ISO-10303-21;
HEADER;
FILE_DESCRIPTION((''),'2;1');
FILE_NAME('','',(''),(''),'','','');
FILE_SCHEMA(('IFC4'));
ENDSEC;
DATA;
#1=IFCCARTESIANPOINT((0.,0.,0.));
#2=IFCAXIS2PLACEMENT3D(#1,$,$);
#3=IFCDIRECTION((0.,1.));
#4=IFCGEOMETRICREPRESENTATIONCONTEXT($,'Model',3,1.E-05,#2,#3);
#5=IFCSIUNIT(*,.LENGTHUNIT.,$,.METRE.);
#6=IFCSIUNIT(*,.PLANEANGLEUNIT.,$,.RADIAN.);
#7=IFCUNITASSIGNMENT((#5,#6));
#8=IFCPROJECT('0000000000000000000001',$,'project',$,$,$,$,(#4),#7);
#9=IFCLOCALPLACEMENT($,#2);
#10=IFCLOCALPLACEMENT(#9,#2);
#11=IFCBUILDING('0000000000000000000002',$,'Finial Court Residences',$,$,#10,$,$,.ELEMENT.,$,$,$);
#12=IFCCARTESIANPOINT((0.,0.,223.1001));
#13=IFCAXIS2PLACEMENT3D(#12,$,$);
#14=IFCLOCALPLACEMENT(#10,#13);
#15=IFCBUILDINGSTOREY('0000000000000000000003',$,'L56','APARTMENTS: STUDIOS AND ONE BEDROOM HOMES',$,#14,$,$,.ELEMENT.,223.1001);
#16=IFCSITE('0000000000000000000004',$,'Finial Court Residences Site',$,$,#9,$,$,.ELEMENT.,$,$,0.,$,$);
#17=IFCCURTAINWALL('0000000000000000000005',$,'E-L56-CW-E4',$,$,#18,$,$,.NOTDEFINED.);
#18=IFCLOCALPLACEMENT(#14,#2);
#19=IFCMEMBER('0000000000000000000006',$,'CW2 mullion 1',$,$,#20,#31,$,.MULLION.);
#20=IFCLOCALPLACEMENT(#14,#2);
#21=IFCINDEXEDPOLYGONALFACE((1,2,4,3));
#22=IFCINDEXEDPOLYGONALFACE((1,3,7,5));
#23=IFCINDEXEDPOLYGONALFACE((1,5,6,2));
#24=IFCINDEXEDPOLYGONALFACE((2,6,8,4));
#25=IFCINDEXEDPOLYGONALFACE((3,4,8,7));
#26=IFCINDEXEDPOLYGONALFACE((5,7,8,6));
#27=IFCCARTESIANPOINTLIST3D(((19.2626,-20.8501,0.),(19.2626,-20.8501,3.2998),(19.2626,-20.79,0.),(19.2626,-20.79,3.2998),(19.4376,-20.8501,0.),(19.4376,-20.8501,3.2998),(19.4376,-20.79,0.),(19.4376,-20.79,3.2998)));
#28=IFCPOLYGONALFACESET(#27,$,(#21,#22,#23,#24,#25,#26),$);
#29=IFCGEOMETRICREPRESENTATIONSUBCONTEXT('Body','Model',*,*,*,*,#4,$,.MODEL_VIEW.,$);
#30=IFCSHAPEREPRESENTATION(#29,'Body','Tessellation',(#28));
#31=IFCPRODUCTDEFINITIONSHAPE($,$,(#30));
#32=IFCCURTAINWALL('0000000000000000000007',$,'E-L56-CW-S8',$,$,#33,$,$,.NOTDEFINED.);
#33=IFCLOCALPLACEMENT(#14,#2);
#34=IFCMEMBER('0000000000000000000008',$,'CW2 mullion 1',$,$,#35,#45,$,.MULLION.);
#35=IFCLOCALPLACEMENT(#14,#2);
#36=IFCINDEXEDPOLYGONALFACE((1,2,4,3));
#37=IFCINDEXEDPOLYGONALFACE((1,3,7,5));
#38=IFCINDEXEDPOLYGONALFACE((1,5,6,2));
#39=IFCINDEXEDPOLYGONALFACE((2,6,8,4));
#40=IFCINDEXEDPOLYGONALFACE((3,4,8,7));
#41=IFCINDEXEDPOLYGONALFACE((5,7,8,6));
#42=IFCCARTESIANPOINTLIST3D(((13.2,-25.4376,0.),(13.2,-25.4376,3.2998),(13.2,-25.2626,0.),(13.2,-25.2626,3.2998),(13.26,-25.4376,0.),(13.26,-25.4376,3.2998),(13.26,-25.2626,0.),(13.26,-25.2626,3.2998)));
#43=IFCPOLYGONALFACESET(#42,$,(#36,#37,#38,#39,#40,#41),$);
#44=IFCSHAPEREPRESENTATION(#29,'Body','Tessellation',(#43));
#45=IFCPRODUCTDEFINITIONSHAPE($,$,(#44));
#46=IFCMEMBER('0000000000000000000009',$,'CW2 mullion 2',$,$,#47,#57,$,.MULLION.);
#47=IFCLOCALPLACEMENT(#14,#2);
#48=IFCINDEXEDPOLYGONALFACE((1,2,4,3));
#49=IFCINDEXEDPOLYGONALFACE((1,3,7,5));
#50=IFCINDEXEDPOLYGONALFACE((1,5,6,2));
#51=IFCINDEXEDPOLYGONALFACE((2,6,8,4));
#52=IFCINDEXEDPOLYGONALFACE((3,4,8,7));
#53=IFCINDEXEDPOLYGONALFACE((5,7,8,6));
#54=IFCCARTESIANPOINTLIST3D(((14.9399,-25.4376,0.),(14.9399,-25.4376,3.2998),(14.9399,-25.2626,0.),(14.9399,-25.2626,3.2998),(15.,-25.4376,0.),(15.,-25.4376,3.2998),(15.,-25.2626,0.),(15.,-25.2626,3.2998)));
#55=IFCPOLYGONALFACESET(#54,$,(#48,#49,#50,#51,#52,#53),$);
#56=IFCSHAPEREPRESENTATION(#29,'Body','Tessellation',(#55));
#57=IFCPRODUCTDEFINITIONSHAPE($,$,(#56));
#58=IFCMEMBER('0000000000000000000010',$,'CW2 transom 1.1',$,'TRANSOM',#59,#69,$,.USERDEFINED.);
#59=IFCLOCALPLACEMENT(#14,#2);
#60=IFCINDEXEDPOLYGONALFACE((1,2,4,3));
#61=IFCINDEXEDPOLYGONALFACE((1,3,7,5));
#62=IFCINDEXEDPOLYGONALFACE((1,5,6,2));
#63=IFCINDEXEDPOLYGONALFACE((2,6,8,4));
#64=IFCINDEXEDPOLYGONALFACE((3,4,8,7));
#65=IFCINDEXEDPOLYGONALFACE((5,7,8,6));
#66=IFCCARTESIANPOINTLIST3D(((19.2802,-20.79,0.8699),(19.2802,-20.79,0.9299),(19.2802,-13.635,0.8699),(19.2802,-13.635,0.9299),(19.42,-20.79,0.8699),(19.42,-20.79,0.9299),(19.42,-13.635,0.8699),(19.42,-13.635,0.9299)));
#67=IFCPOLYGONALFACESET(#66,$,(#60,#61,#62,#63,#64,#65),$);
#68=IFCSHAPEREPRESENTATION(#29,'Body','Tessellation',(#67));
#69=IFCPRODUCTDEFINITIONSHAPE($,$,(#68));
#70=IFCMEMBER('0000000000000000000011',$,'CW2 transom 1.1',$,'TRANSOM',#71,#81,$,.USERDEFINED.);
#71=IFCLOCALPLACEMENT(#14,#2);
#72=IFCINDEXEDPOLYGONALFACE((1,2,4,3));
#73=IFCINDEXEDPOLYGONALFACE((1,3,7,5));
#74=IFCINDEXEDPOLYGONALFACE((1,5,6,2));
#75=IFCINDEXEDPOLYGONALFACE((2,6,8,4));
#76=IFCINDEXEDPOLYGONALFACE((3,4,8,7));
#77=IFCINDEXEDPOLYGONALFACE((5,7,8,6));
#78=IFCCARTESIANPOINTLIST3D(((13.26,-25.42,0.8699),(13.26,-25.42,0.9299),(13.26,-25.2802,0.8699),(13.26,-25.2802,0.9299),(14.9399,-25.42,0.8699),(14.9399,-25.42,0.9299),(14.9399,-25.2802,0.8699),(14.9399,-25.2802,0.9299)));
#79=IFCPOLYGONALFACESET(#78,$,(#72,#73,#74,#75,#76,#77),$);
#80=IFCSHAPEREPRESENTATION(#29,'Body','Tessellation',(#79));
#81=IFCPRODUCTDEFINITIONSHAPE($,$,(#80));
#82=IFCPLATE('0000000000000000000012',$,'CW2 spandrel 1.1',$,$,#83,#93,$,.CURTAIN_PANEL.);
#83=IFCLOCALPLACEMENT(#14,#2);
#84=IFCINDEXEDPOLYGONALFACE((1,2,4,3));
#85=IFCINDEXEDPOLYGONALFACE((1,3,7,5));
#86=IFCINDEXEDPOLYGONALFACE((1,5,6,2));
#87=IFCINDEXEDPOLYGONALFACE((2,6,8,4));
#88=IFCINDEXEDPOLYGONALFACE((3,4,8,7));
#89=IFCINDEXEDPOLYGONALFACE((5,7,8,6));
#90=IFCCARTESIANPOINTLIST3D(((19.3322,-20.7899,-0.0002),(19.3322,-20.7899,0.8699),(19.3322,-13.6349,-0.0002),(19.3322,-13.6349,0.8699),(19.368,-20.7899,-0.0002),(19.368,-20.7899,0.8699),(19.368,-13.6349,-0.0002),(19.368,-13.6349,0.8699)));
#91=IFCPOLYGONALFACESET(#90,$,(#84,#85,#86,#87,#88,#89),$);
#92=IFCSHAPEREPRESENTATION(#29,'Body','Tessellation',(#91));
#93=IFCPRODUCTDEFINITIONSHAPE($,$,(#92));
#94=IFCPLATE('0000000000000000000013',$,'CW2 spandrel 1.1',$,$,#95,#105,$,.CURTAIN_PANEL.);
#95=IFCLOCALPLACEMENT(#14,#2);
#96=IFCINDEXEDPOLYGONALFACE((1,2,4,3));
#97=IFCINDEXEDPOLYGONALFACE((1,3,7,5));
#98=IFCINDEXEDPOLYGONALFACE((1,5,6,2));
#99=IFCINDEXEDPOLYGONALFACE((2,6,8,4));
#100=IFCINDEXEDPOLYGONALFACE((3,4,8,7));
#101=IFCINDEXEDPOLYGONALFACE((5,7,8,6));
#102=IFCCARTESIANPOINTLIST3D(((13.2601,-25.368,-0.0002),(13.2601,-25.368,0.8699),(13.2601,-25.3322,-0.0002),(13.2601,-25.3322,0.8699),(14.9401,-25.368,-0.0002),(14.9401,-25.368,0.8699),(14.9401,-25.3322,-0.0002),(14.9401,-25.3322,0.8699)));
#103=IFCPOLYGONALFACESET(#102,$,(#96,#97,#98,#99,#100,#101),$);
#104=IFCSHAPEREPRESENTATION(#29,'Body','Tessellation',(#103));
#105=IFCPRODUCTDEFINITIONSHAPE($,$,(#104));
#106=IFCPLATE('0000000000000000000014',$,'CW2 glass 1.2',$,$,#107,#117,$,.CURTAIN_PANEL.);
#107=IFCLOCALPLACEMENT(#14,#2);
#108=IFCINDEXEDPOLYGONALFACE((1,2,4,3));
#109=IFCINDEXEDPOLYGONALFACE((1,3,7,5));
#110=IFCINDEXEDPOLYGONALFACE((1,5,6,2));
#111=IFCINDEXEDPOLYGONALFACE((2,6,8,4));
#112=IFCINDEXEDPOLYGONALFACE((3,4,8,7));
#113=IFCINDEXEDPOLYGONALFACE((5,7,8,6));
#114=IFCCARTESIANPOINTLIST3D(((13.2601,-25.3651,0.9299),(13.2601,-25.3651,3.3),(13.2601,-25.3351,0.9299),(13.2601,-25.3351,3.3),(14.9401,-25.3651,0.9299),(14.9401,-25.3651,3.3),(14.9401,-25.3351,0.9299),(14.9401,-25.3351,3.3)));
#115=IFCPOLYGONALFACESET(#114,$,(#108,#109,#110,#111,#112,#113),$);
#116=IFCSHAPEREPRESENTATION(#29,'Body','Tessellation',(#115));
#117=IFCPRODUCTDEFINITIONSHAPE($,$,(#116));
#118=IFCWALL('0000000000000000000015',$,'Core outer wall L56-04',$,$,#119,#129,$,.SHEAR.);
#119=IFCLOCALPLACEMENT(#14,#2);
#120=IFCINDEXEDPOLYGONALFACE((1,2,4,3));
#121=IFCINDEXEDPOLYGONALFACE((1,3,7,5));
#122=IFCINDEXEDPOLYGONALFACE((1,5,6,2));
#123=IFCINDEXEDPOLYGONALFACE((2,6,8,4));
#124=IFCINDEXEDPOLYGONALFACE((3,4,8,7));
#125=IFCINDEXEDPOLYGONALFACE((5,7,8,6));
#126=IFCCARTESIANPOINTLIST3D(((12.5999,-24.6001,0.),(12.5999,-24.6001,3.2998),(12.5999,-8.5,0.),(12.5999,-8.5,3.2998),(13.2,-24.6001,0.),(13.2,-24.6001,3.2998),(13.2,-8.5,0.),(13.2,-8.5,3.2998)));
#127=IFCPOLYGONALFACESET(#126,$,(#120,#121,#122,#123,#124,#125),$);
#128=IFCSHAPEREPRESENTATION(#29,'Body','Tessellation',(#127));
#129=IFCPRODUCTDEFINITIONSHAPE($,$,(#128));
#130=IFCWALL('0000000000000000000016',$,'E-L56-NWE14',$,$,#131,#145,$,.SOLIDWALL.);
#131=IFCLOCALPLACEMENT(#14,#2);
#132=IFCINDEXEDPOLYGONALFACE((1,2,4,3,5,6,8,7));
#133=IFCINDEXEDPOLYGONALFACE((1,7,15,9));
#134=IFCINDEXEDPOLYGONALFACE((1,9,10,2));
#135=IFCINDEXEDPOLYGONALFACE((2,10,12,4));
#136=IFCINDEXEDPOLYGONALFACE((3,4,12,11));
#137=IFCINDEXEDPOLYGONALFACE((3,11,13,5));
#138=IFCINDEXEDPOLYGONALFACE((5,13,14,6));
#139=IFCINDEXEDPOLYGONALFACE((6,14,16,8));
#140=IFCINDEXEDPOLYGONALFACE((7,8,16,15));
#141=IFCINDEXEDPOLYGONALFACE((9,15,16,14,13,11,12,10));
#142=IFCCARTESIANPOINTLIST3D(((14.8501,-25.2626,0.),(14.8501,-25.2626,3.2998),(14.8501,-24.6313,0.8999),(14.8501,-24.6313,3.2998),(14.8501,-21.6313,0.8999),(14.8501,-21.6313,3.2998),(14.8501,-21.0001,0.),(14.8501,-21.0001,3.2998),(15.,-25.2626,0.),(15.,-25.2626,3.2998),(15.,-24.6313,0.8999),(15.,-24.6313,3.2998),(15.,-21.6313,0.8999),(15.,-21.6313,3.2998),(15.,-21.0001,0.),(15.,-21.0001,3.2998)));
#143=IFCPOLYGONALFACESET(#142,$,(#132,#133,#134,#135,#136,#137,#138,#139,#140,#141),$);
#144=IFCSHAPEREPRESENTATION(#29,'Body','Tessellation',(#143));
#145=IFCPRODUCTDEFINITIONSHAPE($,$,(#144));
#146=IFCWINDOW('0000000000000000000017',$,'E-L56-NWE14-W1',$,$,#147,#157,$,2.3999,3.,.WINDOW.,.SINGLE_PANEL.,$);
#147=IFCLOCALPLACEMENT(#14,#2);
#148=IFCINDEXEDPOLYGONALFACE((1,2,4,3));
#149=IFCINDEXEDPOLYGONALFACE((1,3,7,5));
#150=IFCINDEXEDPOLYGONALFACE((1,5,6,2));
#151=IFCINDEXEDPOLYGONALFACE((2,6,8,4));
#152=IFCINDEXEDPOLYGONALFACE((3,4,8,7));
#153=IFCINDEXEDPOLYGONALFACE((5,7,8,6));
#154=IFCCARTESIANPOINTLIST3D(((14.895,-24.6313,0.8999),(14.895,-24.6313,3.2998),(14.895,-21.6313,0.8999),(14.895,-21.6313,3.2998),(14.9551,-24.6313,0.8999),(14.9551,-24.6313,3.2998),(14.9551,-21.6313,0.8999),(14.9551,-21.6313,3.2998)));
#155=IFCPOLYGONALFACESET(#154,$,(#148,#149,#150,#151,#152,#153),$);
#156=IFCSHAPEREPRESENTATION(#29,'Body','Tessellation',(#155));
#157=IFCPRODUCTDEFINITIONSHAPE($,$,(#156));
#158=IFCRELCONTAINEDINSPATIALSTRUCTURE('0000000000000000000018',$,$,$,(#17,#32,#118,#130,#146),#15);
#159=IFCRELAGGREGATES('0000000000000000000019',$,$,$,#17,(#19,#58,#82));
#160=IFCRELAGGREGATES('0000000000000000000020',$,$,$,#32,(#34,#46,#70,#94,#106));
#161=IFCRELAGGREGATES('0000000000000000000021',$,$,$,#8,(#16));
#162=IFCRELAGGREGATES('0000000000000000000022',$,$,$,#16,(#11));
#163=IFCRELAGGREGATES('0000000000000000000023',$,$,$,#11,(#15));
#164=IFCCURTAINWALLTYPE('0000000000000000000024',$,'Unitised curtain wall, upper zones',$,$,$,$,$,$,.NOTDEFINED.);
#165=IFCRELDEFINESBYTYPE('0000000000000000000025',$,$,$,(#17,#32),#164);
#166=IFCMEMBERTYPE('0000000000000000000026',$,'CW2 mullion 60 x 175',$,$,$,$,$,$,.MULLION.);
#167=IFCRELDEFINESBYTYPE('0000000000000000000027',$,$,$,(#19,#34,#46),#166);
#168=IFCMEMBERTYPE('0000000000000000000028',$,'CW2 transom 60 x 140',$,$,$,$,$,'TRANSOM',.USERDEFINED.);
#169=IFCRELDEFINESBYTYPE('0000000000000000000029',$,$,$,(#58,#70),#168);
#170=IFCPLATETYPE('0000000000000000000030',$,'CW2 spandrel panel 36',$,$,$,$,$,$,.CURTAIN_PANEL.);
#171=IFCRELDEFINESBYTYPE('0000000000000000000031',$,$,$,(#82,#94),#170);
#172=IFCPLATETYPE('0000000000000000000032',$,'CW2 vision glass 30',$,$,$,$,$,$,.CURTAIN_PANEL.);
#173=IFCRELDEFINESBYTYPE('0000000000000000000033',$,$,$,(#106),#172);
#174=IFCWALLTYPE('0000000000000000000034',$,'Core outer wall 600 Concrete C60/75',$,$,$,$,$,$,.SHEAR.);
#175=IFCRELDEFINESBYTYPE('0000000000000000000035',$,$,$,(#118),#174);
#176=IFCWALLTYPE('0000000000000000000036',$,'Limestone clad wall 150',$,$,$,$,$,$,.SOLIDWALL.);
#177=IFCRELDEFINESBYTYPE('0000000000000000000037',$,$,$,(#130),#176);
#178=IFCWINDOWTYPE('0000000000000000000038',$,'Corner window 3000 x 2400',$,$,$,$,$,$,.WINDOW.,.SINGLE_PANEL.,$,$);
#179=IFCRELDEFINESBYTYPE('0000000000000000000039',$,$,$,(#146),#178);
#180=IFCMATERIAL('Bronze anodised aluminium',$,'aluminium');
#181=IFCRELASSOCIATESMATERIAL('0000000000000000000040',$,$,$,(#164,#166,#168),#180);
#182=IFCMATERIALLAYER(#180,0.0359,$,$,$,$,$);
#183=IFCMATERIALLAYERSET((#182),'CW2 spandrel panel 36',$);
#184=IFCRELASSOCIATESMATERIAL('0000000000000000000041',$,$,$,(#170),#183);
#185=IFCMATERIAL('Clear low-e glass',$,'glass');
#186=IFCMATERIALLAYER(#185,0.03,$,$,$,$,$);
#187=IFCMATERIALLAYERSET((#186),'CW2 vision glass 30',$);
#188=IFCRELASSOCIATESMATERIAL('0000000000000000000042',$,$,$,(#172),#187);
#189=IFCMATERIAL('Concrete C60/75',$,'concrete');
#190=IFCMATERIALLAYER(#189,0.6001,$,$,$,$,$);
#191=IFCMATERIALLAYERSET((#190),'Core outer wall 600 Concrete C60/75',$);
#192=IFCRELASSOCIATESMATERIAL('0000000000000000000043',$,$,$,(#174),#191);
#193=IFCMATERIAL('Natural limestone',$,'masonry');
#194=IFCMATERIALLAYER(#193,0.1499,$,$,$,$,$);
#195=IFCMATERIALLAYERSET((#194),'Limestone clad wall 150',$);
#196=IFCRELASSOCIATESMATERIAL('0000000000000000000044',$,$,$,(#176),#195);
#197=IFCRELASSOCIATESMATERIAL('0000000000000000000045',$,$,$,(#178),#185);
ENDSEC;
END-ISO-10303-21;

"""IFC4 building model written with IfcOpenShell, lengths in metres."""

from ifc_helpers import new_model, si_unit, direction, frame, frame_2d, origin, origin_2d, place, context, subcontext, project, spatial, rectangle, extrude, material, layer, layer_set, material_profile, profile_set, type_object, element, fill, aggregate, save


model = new_model("IFC4")

# Units and contexts
model_context = context("Model", 3, precision=1e-05, world=origin(), true_north=direction((0.0, 1.0)))
body_context = subcontext(model_context, "Body", "Model", "MODEL_VIEW")
ifc_project = project(units=[si_unit("LENGTHUNIT", "METRE"), si_unit("PLANEANGLEUNIT", "RADIAN")], contexts=[model_context])

# Site, building, storey
site_placement = place(None, origin())
site = spatial("IfcSite", under=ifc_project, at=site_placement, Name="Finial Court Residences Site", CompositionType="ELEMENT", RefElevation=0.0)
building_placement = place(site_placement, origin())
building = spatial("IfcBuilding", under=site, at=building_placement, Name="Finial Court Residences", CompositionType="ELEMENT")
storey_placement = place(building_placement, frame((0.0, 0.0, 223.1001)))
storey = spatial("IfcBuildingStorey", under=building, at=storey_placement, Name="L56", Description="APARTMENTS: STUDIOS AND ONE BEDROOM HOMES", CompositionType="ELEMENT", Elevation=223.1001)

# Curtain wall, member
ifc_material_1 = material(Name="Bronze anodised aluminium", Category="aluminium")
curtain_wall_type = type_object("IfcCurtainWallType", Name="Unitised curtain wall, upper zones", PredefinedType="NOTDEFINED", material=ifc_material_1)
curtain_wall_1_placement = place(storey_placement, origin())
curtain_wall_1 = element("IfcCurtainWall", 1, at=curtain_wall_1_placement, inside=storey, type_object=curtain_wall_type, Name="E-L56-CW-E4", PredefinedType="NOTDEFINED")
ifc_material_profile_1 = material_profile(ifc_material_1, rectangle(XDim=0.175, YDim=0.0601, at=origin_2d()), Name="CW2 mullion 60 x 175")
ifc_profile_set_1 = profile_set([ifc_material_profile_1], Name="Bronze anodised aluminium")
member_type_1 = type_object("IfcMemberType", Name="CW2 mullion 60 x 175", PredefinedType="MULLION", material=ifc_profile_set_1)
member_1_placement = place(storey_placement, frame((19.3501, -20.8201, 0.0), z_axis=(0.0, 0.0, 1.0), x_axis=(-1.0, 0.0, 0.0)))
member_1 = element("IfcMember", 2, at=member_1_placement, type_object=member_type_1, Name="CW2 mullion 1", PredefinedType="MULLION", context=body_context, shape_type="SweptSolid", body=[
    extrude(rectangle(XDim=0.175, YDim=0.0601, at=origin_2d()), origin(), (0.0, 0.0, 1.0), 3.2998),
])

# Curtain wall, members
curtain_wall_2_placement = place(storey_placement, origin())
curtain_wall_2 = element("IfcCurtainWall", 3, at=curtain_wall_2_placement, inside=storey, type_object=curtain_wall_type, Name="E-L56-CW-S8", PredefinedType="NOTDEFINED")
member_2_placement = place(storey_placement, frame((13.23, -25.3501, 0.0), z_axis=(0.0, 0.0, 1.0), x_axis=(0.0, 1.0, 0.0)))
member_2 = element("IfcMember", 4, at=member_2_placement, type_object=member_type_1, Name="CW2 mullion 1", PredefinedType="MULLION", context=body_context, shape_type="SweptSolid", body=[
    extrude(rectangle(XDim=0.175, YDim=0.0601, at=origin_2d()), origin(), (0.0, 0.0, 1.0), 3.2998),
])
member_3_placement = place(storey_placement, frame((14.97, -25.3501, 0.0), z_axis=(0.0, 0.0, 1.0), x_axis=(0.0, 1.0, 0.0)))
member_3 = element("IfcMember", 5, at=member_3_placement, type_object=member_type_1, Name="CW2 mullion 2", PredefinedType="MULLION", context=body_context, shape_type="SweptSolid", body=[
    extrude(rectangle(XDim=0.175, YDim=0.0601, at=origin_2d()), origin(), (0.0, 0.0, 1.0), 3.2998),
])

# Members
ifc_material_profile_2 = material_profile(ifc_material_1, rectangle(XDim=0.1399, YDim=0.0601, at=origin_2d()), Name="CW2 transom 60 x 140")
ifc_profile_set_2 = profile_set([ifc_material_profile_2], Name="Bronze anodised aluminium")
member_type_2 = type_object("IfcMemberType", Name="CW2 transom 60 x 140", ElementType="TRANSOM", PredefinedType="USERDEFINED", material=ifc_profile_set_2)
member_4_placement = place(storey_placement, frame((19.3501, -20.79, 0.8999), z_axis=(0.0, 1.0, 0.0), x_axis=(-1.0, 0.0, 0.0)))
member_4 = element("IfcMember", 6, at=member_4_placement, type_object=member_type_2, Name="CW2 transom 1.1", ObjectType="TRANSOM", PredefinedType="USERDEFINED", context=body_context, shape_type="SweptSolid", body=[
    extrude(rectangle(XDim=0.1399, YDim=0.0601, at=origin_2d()), origin(), (0.0, 0.0, 1.0), 7.155),
])
member_5_placement = place(storey_placement, frame((13.26, -25.3501, 0.8999), z_axis=(1.0, 0.0, 0.0), x_axis=(0.0, 1.0, 0.0)))
member_5 = element("IfcMember", 7, at=member_5_placement, type_object=member_type_2, Name="CW2 transom 1.1", ObjectType="TRANSOM", PredefinedType="USERDEFINED", context=body_context, shape_type="SweptSolid", body=[
    extrude(rectangle(XDim=0.1399, YDim=0.0601, at=origin_2d()), origin(), (0.0, 0.0, 1.0), 1.6799),
])

# Plates
ifc_layer_1 = layer(ifc_material_1, 0.0359)
ifc_layer_set_1 = layer_set([ifc_layer_1], Name="CW2 spandrel panel 36")
plate_type_1 = type_object("IfcPlateType", Name="CW2 spandrel panel 36", PredefinedType="CURTAIN_PANEL", material=ifc_layer_set_1)
plate_1_placement = place(storey_placement, frame((19.3501, -17.2124, -0.0002), z_axis=(0.0, 0.0, 1.0), x_axis=(0.0, 1.0, 0.0)))
plate_1 = element("IfcPlate", 8, at=plate_1_placement, type_object=plate_type_1, Name="CW2 spandrel 1.1", PredefinedType="CURTAIN_PANEL", context=body_context, shape_type="SweptSolid", body=[
    extrude(rectangle(XDim=7.155, YDim=0.0359, at=origin_2d()), origin(), (0.0, 0.0, 1.0), 0.8701),
])
aggregate(curtain_wall_1, [member_1, member_4, plate_1])
plate_2_placement = place(storey_placement, frame((14.1001, -25.3501, -0.0002), z_axis=(0.0, 0.0, 1.0), x_axis=(1.0, 0.0, 0.0)))
plate_2 = element("IfcPlate", 9, at=plate_2_placement, type_object=plate_type_1, Name="CW2 spandrel 1.1", PredefinedType="CURTAIN_PANEL", context=body_context, shape_type="SweptSolid", body=[
    extrude(rectangle(XDim=1.6799, YDim=0.0359, at=origin_2d()), origin(), (0.0, 0.0, 1.0), 0.8701),
])
ifc_material_2 = material(Name="Clear low-e glass", Category="glass")
ifc_layer_2 = layer(ifc_material_2, 0.03)
ifc_layer_set_2 = layer_set([ifc_layer_2], Name="CW2 vision glass 30")
plate_type_2 = type_object("IfcPlateType", Name="CW2 vision glass 30", PredefinedType="CURTAIN_PANEL", material=ifc_layer_set_2)
plate_3_placement = place(storey_placement, frame((14.1001, -25.3501, 0.9299), z_axis=(0.0, 0.0, 1.0), x_axis=(1.0, 0.0, 0.0)))
plate_3 = element("IfcPlate", 10, at=plate_3_placement, type_object=plate_type_2, Name="CW2 glass 1.2", PredefinedType="CURTAIN_PANEL", context=body_context, shape_type="SweptSolid", body=[
    extrude(rectangle(XDim=1.6799, YDim=0.03, at=origin_2d()), origin(), (0.0, 0.0, 1.0), 2.3701),
])
aggregate(curtain_wall_2, [member_2, member_3, member_5, plate_2, plate_3])

# Wall
ifc_material_3 = material(Name="Concrete C60/75", Category="concrete")
ifc_layer_3 = layer(ifc_material_3, 0.6001)
ifc_layer_set_3 = layer_set([ifc_layer_3], Name="Core outer wall 600 Concrete C60/75")
wall_type_1 = type_object("IfcWallType", Name="Core outer wall 600 Concrete C60/75", PredefinedType="SHEAR", material=ifc_layer_set_3)
wall_1_placement = place(storey_placement, frame((12.8999, -24.6001, 0.0), z_axis=(0.0, 0.0, 1.0), x_axis=(0.0, 1.0, 0.0)))
element("IfcWall", 11, at=wall_1_placement, inside=storey, type_object=wall_type_1, Name="Core outer wall L56-04", PredefinedType="SHEAR", context=body_context, shape_type="SweptSolid", body=[
    extrude(rectangle(XDim=16.1001, YDim=0.6001, at=frame_2d((8.05, 0.0))), origin(), (0.0, 0.0, 1.0), 3.2998),
])

# Wall, opening, window
ifc_material_4 = material(Name="Natural limestone", Category="masonry")
ifc_layer_4 = layer(ifc_material_4, 0.1499)
ifc_layer_set_4 = layer_set([ifc_layer_4], Name="Limestone clad wall 150")
wall_type_2 = type_object("IfcWallType", Name="Limestone clad wall 150", PredefinedType="SOLIDWALL", material=ifc_layer_set_4)
wall_2_placement = place(storey_placement, frame((14.925, -21.0, 0.0), z_axis=(0.0, 0.0, 1.0), x_axis=(0.0, -1.0, 0.0)))
wall_2 = element("IfcWall", 12, at=wall_2_placement, inside=storey, type_object=wall_type_2, Name="E-L56-NWE14", PredefinedType="SOLIDWALL", context=body_context, shape_type="SweptSolid", body=[
    extrude(rectangle(XDim=4.2625, YDim=0.1499, at=frame_2d((2.1313, 0.0))), origin(), (0.0, 0.0, 1.0), 3.2998),
])
opening_1_placement = place(wall_2_placement, frame((0.6313, 0.0, 0.8999)))
opening_1 = element("IfcOpeningElement", 13, at=opening_1_placement, cuts=wall_2, PredefinedType="OPENING", context=body_context, shape_type="SweptSolid", body=[
    extrude(rectangle(XDim=3.0, YDim=2.3999, at=frame_2d((1.5, 1.2))), frame((0.0, 0.085, 0.0), z_axis=(0.0, -1.0, 0.0), x_axis=(1.0, 0.0, 0.0)), (0.0, 0.0, 1.0), 0.1699),
])
window_type = type_object("IfcWindowType", Name="Corner window 3000 x 2400", PartitioningType="SINGLE_PANEL", PredefinedType="WINDOW", material=ifc_material_2)
window_1_placement = place(opening_1_placement, origin())
window_1 = element("IfcWindow", 14, at=window_1_placement, inside=storey, type_object=window_type, Name="E-L56-NWE14-W1", OverallHeight=2.3999, OverallWidth=3.0, PartitioningType="SINGLE_PANEL", PredefinedType="WINDOW", context=body_context, shape_type="SweptSolid", body=[
    extrude(rectangle(XDim=3.0, YDim=2.3999, at=frame_2d((1.5, 1.2))), frame((0.0, 0.03, 0.0), z_axis=(0.0, -1.0, 0.0), x_axis=(1.0, 0.0, 0.0)), (0.0, 0.0, 1.0), 0.0601),
])
fill(opening_1, window_1)

save(model, "model.ifc")
